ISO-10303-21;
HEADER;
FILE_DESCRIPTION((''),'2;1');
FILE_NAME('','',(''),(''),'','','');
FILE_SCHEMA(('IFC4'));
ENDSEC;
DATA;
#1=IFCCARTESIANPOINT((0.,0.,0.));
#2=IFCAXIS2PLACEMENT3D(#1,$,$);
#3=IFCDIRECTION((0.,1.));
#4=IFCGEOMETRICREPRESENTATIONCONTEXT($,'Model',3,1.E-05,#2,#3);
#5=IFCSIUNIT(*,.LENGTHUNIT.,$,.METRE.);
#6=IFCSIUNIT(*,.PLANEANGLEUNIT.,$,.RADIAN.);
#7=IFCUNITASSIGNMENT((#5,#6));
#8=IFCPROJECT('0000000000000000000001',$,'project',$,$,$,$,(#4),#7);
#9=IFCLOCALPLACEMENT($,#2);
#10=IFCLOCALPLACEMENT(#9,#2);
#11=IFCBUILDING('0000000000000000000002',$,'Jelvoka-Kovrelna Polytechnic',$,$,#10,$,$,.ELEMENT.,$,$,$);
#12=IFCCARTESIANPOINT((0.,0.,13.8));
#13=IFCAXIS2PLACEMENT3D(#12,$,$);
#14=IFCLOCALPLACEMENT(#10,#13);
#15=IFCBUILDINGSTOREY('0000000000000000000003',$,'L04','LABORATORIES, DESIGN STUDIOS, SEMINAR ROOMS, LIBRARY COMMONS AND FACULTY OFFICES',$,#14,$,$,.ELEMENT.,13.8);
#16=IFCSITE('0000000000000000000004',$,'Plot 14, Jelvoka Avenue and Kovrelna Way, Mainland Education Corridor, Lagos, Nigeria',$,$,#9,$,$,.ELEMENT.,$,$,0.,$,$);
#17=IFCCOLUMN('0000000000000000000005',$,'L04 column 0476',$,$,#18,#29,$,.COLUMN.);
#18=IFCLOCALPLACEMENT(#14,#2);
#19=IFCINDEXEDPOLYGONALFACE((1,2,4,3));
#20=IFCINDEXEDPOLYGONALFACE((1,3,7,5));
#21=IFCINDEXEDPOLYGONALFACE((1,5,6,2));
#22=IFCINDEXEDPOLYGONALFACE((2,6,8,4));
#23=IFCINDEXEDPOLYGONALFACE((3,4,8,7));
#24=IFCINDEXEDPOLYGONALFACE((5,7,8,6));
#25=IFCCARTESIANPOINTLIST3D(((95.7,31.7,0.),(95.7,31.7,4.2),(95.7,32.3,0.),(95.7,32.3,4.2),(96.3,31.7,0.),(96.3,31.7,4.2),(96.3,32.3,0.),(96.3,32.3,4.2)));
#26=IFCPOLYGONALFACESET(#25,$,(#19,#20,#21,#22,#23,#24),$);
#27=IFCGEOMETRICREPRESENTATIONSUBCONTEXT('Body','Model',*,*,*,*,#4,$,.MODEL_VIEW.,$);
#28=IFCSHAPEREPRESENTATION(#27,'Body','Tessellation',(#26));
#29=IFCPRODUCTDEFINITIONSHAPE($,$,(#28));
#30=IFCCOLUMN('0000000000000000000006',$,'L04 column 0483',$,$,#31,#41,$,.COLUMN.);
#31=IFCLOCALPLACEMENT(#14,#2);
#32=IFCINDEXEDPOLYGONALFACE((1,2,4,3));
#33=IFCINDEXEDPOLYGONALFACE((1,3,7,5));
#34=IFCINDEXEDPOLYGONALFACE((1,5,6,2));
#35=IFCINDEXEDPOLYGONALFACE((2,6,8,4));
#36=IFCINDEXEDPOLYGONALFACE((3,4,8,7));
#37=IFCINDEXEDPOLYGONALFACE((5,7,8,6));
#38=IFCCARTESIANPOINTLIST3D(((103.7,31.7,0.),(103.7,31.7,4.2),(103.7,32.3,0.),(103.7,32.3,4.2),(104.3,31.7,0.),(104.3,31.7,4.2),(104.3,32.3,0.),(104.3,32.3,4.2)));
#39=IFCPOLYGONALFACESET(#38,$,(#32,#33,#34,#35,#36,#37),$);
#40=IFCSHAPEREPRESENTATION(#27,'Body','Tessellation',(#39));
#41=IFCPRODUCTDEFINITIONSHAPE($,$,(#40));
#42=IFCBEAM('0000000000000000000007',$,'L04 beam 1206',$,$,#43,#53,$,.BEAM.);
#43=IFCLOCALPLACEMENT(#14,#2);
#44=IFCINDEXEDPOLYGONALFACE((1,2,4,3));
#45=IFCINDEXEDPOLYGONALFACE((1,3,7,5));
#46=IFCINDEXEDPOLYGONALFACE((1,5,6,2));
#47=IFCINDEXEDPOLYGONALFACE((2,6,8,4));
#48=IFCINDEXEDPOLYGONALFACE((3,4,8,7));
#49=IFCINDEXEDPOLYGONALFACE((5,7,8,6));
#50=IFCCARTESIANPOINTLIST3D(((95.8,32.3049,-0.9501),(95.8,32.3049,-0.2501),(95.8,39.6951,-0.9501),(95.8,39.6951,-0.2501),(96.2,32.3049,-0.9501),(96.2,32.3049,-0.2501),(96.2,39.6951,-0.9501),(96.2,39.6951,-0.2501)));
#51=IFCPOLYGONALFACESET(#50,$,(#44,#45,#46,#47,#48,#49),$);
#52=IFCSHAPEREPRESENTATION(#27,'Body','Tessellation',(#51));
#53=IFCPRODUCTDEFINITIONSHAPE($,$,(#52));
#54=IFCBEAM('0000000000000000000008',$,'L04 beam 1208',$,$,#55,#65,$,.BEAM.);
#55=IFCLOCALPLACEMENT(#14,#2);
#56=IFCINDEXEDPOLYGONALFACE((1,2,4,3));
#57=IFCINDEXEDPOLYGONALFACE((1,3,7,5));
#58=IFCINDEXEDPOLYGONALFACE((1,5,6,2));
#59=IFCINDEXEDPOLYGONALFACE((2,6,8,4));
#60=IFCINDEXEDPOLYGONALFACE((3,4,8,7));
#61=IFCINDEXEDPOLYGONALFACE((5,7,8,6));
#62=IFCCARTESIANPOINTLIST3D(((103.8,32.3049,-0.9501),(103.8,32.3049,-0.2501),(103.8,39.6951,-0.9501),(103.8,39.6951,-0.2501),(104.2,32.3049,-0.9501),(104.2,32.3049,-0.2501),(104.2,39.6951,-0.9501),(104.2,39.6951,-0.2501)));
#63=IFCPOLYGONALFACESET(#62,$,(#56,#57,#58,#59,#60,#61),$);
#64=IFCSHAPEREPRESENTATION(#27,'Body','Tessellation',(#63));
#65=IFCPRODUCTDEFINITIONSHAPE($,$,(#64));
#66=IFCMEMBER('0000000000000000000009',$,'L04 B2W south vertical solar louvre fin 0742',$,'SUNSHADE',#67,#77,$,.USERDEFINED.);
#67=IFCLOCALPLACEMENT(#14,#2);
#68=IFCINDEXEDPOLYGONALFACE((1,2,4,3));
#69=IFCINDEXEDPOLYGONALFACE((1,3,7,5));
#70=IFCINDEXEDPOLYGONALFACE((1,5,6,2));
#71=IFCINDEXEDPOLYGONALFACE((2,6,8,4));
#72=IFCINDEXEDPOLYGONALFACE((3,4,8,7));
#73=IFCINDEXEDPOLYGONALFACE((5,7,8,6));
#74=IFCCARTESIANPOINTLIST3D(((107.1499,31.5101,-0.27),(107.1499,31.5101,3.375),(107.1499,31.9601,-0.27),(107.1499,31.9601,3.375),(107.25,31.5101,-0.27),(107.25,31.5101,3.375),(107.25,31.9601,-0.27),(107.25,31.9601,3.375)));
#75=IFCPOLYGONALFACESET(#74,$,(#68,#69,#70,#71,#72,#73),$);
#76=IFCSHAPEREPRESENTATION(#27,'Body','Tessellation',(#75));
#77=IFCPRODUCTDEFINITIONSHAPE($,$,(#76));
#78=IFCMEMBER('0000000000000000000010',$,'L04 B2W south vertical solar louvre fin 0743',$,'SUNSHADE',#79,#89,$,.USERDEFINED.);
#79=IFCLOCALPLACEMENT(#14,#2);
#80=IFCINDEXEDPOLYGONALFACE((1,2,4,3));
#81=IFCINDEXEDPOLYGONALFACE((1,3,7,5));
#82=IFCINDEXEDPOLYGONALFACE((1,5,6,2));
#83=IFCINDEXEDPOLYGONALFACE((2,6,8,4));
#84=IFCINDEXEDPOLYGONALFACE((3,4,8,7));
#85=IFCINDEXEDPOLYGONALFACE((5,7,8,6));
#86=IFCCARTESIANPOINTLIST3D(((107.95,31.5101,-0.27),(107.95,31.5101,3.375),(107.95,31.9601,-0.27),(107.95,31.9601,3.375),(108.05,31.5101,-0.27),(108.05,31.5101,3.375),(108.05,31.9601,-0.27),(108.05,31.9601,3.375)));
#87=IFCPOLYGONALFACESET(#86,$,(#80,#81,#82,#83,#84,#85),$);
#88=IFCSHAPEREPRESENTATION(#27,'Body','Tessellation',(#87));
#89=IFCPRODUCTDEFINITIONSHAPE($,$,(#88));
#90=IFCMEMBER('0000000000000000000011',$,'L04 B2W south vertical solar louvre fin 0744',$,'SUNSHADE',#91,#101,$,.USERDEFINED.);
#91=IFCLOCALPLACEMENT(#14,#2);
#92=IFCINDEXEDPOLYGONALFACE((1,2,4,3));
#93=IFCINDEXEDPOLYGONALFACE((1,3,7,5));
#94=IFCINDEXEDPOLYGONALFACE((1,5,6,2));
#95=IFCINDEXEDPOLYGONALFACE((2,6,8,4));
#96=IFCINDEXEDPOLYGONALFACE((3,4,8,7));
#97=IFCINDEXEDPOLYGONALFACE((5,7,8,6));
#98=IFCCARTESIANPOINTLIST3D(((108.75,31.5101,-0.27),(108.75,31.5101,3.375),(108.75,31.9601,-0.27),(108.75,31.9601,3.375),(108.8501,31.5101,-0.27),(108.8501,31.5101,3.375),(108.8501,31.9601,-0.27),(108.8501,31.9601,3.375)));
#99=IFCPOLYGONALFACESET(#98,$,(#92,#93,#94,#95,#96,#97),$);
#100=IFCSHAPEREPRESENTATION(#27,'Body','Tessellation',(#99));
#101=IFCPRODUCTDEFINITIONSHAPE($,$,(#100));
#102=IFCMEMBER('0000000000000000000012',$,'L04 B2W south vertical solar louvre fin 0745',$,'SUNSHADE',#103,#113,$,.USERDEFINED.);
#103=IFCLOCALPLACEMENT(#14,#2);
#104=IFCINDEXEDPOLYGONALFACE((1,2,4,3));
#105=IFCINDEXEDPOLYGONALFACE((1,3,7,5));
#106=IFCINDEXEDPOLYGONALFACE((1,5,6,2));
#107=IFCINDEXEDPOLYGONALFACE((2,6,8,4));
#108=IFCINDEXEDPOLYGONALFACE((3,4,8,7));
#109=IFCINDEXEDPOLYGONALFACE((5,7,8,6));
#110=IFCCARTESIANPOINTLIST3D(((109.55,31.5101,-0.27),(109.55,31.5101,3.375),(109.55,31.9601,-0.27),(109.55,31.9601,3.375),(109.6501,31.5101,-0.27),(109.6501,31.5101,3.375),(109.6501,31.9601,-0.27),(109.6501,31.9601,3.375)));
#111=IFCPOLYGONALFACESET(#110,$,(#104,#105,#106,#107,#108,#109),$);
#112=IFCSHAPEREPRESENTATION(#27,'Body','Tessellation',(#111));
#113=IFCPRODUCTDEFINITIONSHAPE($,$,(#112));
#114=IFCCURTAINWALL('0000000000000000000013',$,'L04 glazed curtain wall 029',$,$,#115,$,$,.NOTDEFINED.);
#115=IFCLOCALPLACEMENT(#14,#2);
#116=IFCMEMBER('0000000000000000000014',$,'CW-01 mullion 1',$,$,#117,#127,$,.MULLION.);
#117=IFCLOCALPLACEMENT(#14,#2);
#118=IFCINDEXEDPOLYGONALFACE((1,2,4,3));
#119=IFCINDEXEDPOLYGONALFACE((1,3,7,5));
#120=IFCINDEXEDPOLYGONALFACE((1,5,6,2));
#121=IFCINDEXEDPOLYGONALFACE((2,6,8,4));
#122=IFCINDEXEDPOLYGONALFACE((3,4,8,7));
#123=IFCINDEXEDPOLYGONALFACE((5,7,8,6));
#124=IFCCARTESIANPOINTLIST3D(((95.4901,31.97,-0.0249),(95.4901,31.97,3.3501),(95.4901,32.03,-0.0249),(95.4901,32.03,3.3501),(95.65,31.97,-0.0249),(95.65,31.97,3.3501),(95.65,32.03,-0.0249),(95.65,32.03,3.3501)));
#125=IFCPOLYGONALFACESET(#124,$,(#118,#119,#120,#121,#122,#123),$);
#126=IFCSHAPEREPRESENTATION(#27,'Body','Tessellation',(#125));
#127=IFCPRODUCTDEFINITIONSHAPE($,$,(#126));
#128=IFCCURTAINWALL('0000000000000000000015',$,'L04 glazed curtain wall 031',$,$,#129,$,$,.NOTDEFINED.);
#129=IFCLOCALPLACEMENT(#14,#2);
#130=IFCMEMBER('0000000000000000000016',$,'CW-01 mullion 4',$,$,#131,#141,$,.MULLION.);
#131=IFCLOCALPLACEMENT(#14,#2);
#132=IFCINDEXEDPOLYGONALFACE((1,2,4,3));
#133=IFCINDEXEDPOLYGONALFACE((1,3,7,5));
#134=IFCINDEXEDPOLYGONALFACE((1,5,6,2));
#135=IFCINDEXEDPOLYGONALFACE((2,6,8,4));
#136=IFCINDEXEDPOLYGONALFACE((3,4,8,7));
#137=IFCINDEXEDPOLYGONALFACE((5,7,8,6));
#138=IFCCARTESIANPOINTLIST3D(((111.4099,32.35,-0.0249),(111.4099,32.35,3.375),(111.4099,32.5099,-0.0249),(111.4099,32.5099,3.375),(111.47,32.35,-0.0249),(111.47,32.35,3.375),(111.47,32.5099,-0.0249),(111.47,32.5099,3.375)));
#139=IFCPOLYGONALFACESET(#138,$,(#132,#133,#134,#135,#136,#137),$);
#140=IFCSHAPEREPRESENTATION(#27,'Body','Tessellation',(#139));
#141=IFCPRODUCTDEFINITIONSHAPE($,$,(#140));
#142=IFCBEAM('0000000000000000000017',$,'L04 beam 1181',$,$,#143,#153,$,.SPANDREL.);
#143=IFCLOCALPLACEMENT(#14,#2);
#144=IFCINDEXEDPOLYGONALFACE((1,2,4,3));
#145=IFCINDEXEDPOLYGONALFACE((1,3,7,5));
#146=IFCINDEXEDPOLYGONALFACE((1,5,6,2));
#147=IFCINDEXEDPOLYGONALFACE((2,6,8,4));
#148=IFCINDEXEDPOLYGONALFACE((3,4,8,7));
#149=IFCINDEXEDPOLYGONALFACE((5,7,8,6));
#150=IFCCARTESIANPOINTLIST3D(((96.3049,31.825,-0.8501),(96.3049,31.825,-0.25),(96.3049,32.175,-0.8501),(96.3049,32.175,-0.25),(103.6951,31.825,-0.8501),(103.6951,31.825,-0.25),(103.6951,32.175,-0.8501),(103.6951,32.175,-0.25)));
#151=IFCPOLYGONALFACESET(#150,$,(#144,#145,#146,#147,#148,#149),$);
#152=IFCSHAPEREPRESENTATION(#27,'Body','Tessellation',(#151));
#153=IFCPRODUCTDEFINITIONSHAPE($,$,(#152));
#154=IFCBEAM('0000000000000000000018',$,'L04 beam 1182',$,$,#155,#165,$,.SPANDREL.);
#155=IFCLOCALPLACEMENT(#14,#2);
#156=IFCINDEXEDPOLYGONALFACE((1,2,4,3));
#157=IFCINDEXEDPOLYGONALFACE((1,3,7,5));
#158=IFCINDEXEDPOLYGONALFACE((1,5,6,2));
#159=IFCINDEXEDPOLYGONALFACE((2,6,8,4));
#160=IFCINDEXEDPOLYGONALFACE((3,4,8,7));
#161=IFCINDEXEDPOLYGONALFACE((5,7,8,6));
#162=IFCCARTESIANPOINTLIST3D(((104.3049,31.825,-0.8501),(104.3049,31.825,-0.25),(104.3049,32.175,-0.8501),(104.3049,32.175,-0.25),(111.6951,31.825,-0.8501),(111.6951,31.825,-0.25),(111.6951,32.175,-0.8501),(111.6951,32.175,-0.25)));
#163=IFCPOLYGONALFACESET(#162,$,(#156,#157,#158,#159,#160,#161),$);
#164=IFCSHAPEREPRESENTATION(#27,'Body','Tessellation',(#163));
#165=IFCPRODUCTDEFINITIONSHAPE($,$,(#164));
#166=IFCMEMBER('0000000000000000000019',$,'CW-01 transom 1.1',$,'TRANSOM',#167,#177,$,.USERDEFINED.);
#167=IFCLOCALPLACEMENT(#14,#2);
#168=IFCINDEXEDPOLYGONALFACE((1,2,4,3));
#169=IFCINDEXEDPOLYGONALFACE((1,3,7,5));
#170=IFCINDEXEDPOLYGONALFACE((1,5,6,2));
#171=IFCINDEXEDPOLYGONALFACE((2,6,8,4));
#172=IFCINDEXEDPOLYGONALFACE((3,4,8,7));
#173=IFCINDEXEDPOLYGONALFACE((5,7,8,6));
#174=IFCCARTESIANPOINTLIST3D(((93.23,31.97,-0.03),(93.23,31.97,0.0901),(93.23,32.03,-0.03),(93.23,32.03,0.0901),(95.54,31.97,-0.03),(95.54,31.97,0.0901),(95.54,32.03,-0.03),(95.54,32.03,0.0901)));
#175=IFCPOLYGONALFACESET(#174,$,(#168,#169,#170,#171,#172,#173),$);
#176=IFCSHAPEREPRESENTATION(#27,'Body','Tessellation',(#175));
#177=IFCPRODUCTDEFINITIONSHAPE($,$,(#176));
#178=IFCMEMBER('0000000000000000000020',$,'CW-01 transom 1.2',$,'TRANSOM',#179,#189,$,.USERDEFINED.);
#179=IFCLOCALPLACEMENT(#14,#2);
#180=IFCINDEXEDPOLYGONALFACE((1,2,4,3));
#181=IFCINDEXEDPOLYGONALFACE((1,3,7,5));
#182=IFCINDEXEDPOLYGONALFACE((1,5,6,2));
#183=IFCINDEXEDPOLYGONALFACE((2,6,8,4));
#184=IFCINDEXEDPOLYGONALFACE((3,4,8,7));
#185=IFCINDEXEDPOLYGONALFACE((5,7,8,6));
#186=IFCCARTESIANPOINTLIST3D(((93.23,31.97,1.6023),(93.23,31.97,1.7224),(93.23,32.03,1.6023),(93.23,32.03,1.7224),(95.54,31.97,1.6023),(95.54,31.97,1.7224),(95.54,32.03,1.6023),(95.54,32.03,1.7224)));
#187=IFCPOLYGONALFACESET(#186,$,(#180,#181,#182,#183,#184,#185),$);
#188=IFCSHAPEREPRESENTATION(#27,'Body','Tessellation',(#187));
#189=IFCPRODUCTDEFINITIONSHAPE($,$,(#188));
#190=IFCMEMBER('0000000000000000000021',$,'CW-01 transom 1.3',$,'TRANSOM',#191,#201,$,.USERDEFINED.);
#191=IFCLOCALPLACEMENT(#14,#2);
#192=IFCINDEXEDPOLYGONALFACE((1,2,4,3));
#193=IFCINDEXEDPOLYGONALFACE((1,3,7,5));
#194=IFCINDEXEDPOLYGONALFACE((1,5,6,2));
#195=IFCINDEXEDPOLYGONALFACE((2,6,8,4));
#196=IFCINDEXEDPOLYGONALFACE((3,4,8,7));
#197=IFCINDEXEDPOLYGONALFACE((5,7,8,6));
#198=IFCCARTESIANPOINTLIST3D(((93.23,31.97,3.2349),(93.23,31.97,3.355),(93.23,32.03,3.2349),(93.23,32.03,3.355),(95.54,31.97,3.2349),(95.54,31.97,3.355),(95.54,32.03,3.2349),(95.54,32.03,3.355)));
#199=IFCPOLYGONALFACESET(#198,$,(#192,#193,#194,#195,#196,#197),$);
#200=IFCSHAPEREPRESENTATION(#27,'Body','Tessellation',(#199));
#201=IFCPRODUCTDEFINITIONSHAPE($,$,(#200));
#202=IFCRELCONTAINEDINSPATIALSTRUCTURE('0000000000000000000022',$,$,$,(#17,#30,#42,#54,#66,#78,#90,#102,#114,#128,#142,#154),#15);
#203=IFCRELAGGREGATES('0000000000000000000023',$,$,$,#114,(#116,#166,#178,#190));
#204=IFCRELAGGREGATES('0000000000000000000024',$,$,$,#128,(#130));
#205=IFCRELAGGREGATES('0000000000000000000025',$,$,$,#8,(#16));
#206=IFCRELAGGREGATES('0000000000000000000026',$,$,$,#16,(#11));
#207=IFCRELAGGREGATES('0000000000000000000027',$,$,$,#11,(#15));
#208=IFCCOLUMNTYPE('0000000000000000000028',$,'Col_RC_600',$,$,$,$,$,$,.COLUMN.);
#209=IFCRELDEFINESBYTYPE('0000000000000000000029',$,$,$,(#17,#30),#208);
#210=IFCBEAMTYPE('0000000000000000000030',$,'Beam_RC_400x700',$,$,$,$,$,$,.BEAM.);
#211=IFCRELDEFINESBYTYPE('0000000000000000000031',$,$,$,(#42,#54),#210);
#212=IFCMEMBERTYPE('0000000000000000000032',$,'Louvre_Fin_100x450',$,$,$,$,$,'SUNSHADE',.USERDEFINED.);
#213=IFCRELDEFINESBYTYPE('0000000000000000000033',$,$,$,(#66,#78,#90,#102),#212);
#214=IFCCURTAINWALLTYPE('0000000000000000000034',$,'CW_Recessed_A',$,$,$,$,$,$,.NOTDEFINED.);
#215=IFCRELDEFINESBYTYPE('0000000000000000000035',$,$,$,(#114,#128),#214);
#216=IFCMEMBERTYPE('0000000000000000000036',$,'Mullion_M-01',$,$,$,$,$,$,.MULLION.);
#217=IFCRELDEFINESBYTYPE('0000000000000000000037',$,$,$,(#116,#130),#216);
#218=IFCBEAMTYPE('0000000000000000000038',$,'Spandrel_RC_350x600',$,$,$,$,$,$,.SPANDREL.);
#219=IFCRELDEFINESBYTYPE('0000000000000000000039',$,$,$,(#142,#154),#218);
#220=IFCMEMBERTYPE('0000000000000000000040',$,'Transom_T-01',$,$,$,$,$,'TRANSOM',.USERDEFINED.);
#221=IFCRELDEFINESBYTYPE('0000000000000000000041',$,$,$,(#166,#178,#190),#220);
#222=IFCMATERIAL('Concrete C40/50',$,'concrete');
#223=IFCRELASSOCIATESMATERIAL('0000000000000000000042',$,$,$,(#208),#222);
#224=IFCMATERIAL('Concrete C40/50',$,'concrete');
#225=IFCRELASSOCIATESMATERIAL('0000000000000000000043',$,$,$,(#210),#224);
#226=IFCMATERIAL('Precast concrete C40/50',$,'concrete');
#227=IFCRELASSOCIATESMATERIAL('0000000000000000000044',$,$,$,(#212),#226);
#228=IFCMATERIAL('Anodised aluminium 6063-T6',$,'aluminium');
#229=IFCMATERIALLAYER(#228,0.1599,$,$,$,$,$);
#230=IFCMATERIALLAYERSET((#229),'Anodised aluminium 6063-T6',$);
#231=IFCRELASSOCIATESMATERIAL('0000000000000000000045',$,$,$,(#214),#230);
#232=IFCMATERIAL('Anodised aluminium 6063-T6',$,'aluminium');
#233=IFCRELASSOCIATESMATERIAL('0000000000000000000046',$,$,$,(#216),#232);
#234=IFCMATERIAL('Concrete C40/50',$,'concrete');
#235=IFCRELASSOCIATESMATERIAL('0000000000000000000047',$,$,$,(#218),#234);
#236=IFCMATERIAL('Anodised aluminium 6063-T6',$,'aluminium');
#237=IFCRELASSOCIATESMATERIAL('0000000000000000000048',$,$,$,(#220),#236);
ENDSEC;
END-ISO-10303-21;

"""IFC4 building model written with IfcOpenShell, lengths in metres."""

from ifc_helpers import new_model, si_unit, direction, frame, origin, origin_2d, place, context, subcontext, project, spatial, rectangle, extrude, material, layer, layer_set, material_profile, profile_set, type_object, element, aggregate, save


model = new_model("IFC4")

# Units and contexts
model_context = context("Model", 3, precision=1e-05, world=origin(), true_north=direction((0.0, 1.0)))
body_context = subcontext(model_context, "Body", "Model", "MODEL_VIEW")
ifc_project = project(units=[si_unit("LENGTHUNIT", "METRE"), si_unit("PLANEANGLEUNIT", "RADIAN")], contexts=[model_context])

# Site, building, storey
site_placement = place(None, origin())
site = spatial("IfcSite", under=ifc_project, at=site_placement, Name="Plot 14, Jelvoka Avenue and Kovrelna Way, Mainland Education Corridor, Lagos, Nigeria", CompositionType="ELEMENT", RefElevation=0.0)
building_placement = place(site_placement, origin())
building = spatial("IfcBuilding", under=site, at=building_placement, Name="Jelvoka-Kovrelna Polytechnic", CompositionType="ELEMENT")
storey_placement = place(building_placement, frame((0.0, 0.0, 13.8)))
storey = spatial("IfcBuildingStorey", under=building, at=storey_placement, Name="L04", Description="LABORATORIES, DESIGN STUDIOS, SEMINAR ROOMS, LIBRARY COMMONS AND FACULTY OFFICES", CompositionType="ELEMENT", Elevation=13.8)

# Columns
ifc_material_1 = material(Name="Concrete C40/50", Category="concrete")
ifc_material_profile_1 = material_profile(ifc_material_1, rectangle(XDim=0.6001, YDim=0.6001, at=origin_2d()), Name="RC 600x600")
ifc_profile_set_1 = profile_set([ifc_material_profile_1], Name="Concrete C40/50")
column_type = type_object("IfcColumnType", Name="Col_RC_600", PredefinedType="COLUMN", material=ifc_profile_set_1)
for number, where, z_axis, x_axis, name in (
    (1, (96.0, 32.0, 0.0), (0.0, 0.0, 1.0), (1.0, 0.0, 0.0), "L04 column 0476"),
    (2, (104.0, 32.0, 0.0), (0.0, 0.0, 1.0), (1.0, 0.0, 0.0), "L04 column 0483"),
):
    element("IfcColumn", number, at=place(storey_placement, frame(where, z_axis=z_axis, x_axis=x_axis)), inside=storey, type_object=column_type, Name=name, PredefinedType="COLUMN", context=body_context, shape_type="SweptSolid", body=[
        extrude(rectangle(XDim=0.6001, YDim=0.6001, at=origin_2d()), origin(), (0.0, 0.0, 1.0), 4.2),
    ])

# Beams
ifc_material_2 = material(Name="Concrete C40/50", Category="concrete")
ifc_material_profile_2 = material_profile(ifc_material_2, rectangle(XDim=0.3999, YDim=0.7, at=origin_2d()), Name="RC 400x700")
ifc_profile_set_2 = profile_set([ifc_material_profile_2], Name="Concrete C40/50")
beam_type_1 = type_object("IfcBeamType", Name="Beam_RC_400x700", PredefinedType="BEAM", material=ifc_profile_set_2)
for number, where, z_axis, x_axis, name in (
    (3, (96.0, 32.3049, -0.6001), (0.0, 1.0, 0.0), (-1.0, 0.0, 0.0), "L04 beam 1206"),
    (4, (104.0, 32.3049, -0.6001), (0.0, 1.0, 0.0), (-1.0, 0.0, 0.0), "L04 beam 1208"),
):
    element("IfcBeam", number, at=place(storey_placement, frame(where, z_axis=z_axis, x_axis=x_axis)), inside=storey, type_object=beam_type_1, Name=name, PredefinedType="BEAM", context=body_context, shape_type="SweptSolid", body=[
        extrude(rectangle(XDim=0.3999, YDim=0.7, at=origin_2d()), origin(), (0.0, 0.0, 1.0), 7.3901),
    ])

# Members
ifc_material_3 = material(Name="Precast concrete C40/50", Category="concrete")
ifc_material_profile_3 = material_profile(ifc_material_3, rectangle(XDim=0.1001, YDim=0.45, at=origin_2d()), Name="PC 100x450")
ifc_profile_set_3 = profile_set([ifc_material_profile_3], Name="Precast concrete C40/50")
member_type_1 = type_object("IfcMemberType", Name="Louvre_Fin_100x450", ElementType="SUNSHADE", PredefinedType="USERDEFINED", material=ifc_profile_set_3)
for number, where, z_axis, x_axis, name in (
    (5, (107.2, 31.7351, -0.27), (0.0, 0.0, 1.0), (1.0, 0.0, 0.0), "L04 B2W south vertical solar louvre fin 0742"),
    (6, (108.0, 31.7351, -0.27), (0.0, 0.0, 1.0), (1.0, 0.0, 0.0), "L04 B2W south vertical solar louvre fin 0743"),
    (7, (108.8, 31.7351, -0.27), (0.0, 0.0, 1.0), (1.0, 0.0, 0.0), "L04 B2W south vertical solar louvre fin 0744"),
    (8, (109.6001, 31.7351, -0.27), (0.0, 0.0, 1.0), (1.0, 0.0, 0.0), "L04 B2W south vertical solar louvre fin 0745"),
):
    element("IfcMember", number, at=place(storey_placement, frame(where, z_axis=z_axis, x_axis=x_axis)), inside=storey, type_object=member_type_1, Name=name, ObjectType="SUNSHADE", PredefinedType="USERDEFINED", context=body_context, shape_type="SweptSolid", body=[
        extrude(rectangle(XDim=0.1001, YDim=0.45, at=origin_2d()), origin(), (0.0, 0.0, 1.0), 3.645),
    ])

# Curtain walls, members
ifc_material_4 = material(Name="Anodised aluminium 6063-T6", Category="aluminium")
ifc_layer_1 = layer(ifc_material_4, 0.1599)
ifc_layer_set_1 = layer_set([ifc_layer_1], Name="Anodised aluminium 6063-T6")
curtain_wall_type = type_object("IfcCurtainWallType", Name="CW_Recessed_A", PredefinedType="NOTDEFINED", material=ifc_layer_set_1)
curtain_wall_1_placement = place(storey_placement, origin())
curtain_wall_1 = element("IfcCurtainWall", 9, at=curtain_wall_1_placement, inside=storey, type_object=curtain_wall_type, Name="L04 glazed curtain wall 029", PredefinedType="NOTDEFINED")
ifc_material_5 = material(Name="Anodised aluminium 6063-T6", Category="aluminium")
ifc_material_profile_4 = material_profile(ifc_material_5, rectangle(XDim=0.0601, YDim=0.1599, at=origin_2d()), Name="ALU 60x160")
ifc_profile_set_4 = profile_set([ifc_material_profile_4], Name="Anodised aluminium 6063-T6")
member_type_2 = type_object("IfcMemberType", Name="Mullion_M-01", PredefinedType="MULLION", material=ifc_profile_set_4)
member_1_placement = place(storey_placement, frame((95.5701, 32.0, -0.0249), z_axis=(0.0, 0.0, 1.0), x_axis=(0.0, -1.0, 0.0)))
member_1 = element("IfcMember", 10, at=member_1_placement, type_object=member_type_2, Name="CW-01 mullion 1", PredefinedType="MULLION", context=body_context, shape_type="SweptSolid", body=[
    extrude(rectangle(XDim=0.0601, YDim=0.1599, at=origin_2d()), origin(), (0.0, 0.0, 1.0), 3.375),
])
curtain_wall_2_placement = place(storey_placement, origin())
curtain_wall_2 = element("IfcCurtainWall", 11, at=curtain_wall_2_placement, inside=storey, type_object=curtain_wall_type, Name="L04 glazed curtain wall 031", PredefinedType="NOTDEFINED")
member_2_placement = place(storey_placement, frame((111.4399, 32.4299, -0.0249), z_axis=(0.0, 0.0, 1.0), x_axis=(1.0, 0.0, 0.0)))
member_2 = element("IfcMember", 12, at=member_2_placement, type_object=member_type_2, Name="CW-01 mullion 4", PredefinedType="MULLION", context=body_context, shape_type="SweptSolid", body=[
    extrude(rectangle(XDim=0.0601, YDim=0.1599, at=origin_2d()), origin(), (0.0, 0.0, 1.0), 3.3999),
])

# Beams
ifc_material_6 = material(Name="Concrete C40/50", Category="concrete")
ifc_material_profile_5 = material_profile(ifc_material_6, rectangle(XDim=0.3501, YDim=0.6001, at=origin_2d()), Name="RC 350x600")
ifc_profile_set_5 = profile_set([ifc_material_profile_5], Name="Concrete C40/50")
beam_type_2 = type_object("IfcBeamType", Name="Spandrel_RC_350x600", PredefinedType="SPANDREL", material=ifc_profile_set_5)
for number, where, z_axis, x_axis, name in (
    (13, (96.3049, 32.0, -0.55), (1.0, 0.0, 0.0), (0.0, 1.0, 0.0), "L04 beam 1181"),
    (14, (104.3049, 32.0, -0.55), (1.0, 0.0, 0.0), (0.0, 1.0, 0.0), "L04 beam 1182"),
):
    element("IfcBeam", number, at=place(storey_placement, frame(where, z_axis=z_axis, x_axis=x_axis)), inside=storey, type_object=beam_type_2, Name=name, PredefinedType="SPANDREL", context=body_context, shape_type="SweptSolid", body=[
        extrude(rectangle(XDim=0.3501, YDim=0.6001, at=origin_2d()), origin(), (0.0, 0.0, 1.0), 7.3901),
    ])

# Members
ifc_material_7 = material(Name="Anodised aluminium 6063-T6", Category="aluminium")
ifc_material_profile_6 = material_profile(ifc_material_7, rectangle(XDim=0.0601, YDim=0.1201, at=origin_2d()), Name="ALU 60x120")
ifc_profile_set_6 = profile_set([ifc_material_profile_6], Name="Anodised aluminium 6063-T6")
member_type_3 = type_object("IfcMemberType", Name="Transom_T-01", ElementType="TRANSOM", PredefinedType="USERDEFINED", material=ifc_profile_set_6)
member_3_placement = place(storey_placement, frame((95.54, 32.0, 0.03), z_axis=(-1.0, 0.0, 0.0), x_axis=(0.0, -1.0, 0.0)))
member_3 = element("IfcMember", 15, at=member_3_placement, type_object=member_type_3, Name="CW-01 transom 1.1", ObjectType="TRANSOM", PredefinedType="USERDEFINED", context=body_context, shape_type="SweptSolid", body=[
    extrude(rectangle(XDim=0.0601, YDim=0.1201, at=origin_2d()), origin(), (0.0, 0.0, 1.0), 2.3101),
])
member_4_placement = place(storey_placement, frame((95.54, 32.0, 1.6624), z_axis=(-1.0, 0.0, 0.0), x_axis=(0.0, -1.0, 0.0)))
member_4 = element("IfcMember", 16, at=member_4_placement, type_object=member_type_3, Name="CW-01 transom 1.2", ObjectType="TRANSOM", PredefinedType="USERDEFINED", context=body_context, shape_type="SweptSolid", body=[
    extrude(rectangle(XDim=0.0601, YDim=0.1201, at=origin_2d()), origin(), (0.0, 0.0, 1.0), 2.3101),
])
member_5_placement = place(storey_placement, frame((95.54, 32.0, 3.2949), z_axis=(-1.0, 0.0, 0.0), x_axis=(0.0, -1.0, 0.0)))
member_5 = element("IfcMember", 17, at=member_5_placement, type_object=member_type_3, Name="CW-01 transom 1.3", ObjectType="TRANSOM", PredefinedType="USERDEFINED", context=body_context, shape_type="SweptSolid", body=[
    extrude(rectangle(XDim=0.0601, YDim=0.1201, at=origin_2d()), origin(), (0.0, 0.0, 1.0), 2.3101),
])

aggregate(curtain_wall_1, [member_1, member_3, member_4, member_5])
aggregate(curtain_wall_2, [member_2])

save(model, "model.ifc")
